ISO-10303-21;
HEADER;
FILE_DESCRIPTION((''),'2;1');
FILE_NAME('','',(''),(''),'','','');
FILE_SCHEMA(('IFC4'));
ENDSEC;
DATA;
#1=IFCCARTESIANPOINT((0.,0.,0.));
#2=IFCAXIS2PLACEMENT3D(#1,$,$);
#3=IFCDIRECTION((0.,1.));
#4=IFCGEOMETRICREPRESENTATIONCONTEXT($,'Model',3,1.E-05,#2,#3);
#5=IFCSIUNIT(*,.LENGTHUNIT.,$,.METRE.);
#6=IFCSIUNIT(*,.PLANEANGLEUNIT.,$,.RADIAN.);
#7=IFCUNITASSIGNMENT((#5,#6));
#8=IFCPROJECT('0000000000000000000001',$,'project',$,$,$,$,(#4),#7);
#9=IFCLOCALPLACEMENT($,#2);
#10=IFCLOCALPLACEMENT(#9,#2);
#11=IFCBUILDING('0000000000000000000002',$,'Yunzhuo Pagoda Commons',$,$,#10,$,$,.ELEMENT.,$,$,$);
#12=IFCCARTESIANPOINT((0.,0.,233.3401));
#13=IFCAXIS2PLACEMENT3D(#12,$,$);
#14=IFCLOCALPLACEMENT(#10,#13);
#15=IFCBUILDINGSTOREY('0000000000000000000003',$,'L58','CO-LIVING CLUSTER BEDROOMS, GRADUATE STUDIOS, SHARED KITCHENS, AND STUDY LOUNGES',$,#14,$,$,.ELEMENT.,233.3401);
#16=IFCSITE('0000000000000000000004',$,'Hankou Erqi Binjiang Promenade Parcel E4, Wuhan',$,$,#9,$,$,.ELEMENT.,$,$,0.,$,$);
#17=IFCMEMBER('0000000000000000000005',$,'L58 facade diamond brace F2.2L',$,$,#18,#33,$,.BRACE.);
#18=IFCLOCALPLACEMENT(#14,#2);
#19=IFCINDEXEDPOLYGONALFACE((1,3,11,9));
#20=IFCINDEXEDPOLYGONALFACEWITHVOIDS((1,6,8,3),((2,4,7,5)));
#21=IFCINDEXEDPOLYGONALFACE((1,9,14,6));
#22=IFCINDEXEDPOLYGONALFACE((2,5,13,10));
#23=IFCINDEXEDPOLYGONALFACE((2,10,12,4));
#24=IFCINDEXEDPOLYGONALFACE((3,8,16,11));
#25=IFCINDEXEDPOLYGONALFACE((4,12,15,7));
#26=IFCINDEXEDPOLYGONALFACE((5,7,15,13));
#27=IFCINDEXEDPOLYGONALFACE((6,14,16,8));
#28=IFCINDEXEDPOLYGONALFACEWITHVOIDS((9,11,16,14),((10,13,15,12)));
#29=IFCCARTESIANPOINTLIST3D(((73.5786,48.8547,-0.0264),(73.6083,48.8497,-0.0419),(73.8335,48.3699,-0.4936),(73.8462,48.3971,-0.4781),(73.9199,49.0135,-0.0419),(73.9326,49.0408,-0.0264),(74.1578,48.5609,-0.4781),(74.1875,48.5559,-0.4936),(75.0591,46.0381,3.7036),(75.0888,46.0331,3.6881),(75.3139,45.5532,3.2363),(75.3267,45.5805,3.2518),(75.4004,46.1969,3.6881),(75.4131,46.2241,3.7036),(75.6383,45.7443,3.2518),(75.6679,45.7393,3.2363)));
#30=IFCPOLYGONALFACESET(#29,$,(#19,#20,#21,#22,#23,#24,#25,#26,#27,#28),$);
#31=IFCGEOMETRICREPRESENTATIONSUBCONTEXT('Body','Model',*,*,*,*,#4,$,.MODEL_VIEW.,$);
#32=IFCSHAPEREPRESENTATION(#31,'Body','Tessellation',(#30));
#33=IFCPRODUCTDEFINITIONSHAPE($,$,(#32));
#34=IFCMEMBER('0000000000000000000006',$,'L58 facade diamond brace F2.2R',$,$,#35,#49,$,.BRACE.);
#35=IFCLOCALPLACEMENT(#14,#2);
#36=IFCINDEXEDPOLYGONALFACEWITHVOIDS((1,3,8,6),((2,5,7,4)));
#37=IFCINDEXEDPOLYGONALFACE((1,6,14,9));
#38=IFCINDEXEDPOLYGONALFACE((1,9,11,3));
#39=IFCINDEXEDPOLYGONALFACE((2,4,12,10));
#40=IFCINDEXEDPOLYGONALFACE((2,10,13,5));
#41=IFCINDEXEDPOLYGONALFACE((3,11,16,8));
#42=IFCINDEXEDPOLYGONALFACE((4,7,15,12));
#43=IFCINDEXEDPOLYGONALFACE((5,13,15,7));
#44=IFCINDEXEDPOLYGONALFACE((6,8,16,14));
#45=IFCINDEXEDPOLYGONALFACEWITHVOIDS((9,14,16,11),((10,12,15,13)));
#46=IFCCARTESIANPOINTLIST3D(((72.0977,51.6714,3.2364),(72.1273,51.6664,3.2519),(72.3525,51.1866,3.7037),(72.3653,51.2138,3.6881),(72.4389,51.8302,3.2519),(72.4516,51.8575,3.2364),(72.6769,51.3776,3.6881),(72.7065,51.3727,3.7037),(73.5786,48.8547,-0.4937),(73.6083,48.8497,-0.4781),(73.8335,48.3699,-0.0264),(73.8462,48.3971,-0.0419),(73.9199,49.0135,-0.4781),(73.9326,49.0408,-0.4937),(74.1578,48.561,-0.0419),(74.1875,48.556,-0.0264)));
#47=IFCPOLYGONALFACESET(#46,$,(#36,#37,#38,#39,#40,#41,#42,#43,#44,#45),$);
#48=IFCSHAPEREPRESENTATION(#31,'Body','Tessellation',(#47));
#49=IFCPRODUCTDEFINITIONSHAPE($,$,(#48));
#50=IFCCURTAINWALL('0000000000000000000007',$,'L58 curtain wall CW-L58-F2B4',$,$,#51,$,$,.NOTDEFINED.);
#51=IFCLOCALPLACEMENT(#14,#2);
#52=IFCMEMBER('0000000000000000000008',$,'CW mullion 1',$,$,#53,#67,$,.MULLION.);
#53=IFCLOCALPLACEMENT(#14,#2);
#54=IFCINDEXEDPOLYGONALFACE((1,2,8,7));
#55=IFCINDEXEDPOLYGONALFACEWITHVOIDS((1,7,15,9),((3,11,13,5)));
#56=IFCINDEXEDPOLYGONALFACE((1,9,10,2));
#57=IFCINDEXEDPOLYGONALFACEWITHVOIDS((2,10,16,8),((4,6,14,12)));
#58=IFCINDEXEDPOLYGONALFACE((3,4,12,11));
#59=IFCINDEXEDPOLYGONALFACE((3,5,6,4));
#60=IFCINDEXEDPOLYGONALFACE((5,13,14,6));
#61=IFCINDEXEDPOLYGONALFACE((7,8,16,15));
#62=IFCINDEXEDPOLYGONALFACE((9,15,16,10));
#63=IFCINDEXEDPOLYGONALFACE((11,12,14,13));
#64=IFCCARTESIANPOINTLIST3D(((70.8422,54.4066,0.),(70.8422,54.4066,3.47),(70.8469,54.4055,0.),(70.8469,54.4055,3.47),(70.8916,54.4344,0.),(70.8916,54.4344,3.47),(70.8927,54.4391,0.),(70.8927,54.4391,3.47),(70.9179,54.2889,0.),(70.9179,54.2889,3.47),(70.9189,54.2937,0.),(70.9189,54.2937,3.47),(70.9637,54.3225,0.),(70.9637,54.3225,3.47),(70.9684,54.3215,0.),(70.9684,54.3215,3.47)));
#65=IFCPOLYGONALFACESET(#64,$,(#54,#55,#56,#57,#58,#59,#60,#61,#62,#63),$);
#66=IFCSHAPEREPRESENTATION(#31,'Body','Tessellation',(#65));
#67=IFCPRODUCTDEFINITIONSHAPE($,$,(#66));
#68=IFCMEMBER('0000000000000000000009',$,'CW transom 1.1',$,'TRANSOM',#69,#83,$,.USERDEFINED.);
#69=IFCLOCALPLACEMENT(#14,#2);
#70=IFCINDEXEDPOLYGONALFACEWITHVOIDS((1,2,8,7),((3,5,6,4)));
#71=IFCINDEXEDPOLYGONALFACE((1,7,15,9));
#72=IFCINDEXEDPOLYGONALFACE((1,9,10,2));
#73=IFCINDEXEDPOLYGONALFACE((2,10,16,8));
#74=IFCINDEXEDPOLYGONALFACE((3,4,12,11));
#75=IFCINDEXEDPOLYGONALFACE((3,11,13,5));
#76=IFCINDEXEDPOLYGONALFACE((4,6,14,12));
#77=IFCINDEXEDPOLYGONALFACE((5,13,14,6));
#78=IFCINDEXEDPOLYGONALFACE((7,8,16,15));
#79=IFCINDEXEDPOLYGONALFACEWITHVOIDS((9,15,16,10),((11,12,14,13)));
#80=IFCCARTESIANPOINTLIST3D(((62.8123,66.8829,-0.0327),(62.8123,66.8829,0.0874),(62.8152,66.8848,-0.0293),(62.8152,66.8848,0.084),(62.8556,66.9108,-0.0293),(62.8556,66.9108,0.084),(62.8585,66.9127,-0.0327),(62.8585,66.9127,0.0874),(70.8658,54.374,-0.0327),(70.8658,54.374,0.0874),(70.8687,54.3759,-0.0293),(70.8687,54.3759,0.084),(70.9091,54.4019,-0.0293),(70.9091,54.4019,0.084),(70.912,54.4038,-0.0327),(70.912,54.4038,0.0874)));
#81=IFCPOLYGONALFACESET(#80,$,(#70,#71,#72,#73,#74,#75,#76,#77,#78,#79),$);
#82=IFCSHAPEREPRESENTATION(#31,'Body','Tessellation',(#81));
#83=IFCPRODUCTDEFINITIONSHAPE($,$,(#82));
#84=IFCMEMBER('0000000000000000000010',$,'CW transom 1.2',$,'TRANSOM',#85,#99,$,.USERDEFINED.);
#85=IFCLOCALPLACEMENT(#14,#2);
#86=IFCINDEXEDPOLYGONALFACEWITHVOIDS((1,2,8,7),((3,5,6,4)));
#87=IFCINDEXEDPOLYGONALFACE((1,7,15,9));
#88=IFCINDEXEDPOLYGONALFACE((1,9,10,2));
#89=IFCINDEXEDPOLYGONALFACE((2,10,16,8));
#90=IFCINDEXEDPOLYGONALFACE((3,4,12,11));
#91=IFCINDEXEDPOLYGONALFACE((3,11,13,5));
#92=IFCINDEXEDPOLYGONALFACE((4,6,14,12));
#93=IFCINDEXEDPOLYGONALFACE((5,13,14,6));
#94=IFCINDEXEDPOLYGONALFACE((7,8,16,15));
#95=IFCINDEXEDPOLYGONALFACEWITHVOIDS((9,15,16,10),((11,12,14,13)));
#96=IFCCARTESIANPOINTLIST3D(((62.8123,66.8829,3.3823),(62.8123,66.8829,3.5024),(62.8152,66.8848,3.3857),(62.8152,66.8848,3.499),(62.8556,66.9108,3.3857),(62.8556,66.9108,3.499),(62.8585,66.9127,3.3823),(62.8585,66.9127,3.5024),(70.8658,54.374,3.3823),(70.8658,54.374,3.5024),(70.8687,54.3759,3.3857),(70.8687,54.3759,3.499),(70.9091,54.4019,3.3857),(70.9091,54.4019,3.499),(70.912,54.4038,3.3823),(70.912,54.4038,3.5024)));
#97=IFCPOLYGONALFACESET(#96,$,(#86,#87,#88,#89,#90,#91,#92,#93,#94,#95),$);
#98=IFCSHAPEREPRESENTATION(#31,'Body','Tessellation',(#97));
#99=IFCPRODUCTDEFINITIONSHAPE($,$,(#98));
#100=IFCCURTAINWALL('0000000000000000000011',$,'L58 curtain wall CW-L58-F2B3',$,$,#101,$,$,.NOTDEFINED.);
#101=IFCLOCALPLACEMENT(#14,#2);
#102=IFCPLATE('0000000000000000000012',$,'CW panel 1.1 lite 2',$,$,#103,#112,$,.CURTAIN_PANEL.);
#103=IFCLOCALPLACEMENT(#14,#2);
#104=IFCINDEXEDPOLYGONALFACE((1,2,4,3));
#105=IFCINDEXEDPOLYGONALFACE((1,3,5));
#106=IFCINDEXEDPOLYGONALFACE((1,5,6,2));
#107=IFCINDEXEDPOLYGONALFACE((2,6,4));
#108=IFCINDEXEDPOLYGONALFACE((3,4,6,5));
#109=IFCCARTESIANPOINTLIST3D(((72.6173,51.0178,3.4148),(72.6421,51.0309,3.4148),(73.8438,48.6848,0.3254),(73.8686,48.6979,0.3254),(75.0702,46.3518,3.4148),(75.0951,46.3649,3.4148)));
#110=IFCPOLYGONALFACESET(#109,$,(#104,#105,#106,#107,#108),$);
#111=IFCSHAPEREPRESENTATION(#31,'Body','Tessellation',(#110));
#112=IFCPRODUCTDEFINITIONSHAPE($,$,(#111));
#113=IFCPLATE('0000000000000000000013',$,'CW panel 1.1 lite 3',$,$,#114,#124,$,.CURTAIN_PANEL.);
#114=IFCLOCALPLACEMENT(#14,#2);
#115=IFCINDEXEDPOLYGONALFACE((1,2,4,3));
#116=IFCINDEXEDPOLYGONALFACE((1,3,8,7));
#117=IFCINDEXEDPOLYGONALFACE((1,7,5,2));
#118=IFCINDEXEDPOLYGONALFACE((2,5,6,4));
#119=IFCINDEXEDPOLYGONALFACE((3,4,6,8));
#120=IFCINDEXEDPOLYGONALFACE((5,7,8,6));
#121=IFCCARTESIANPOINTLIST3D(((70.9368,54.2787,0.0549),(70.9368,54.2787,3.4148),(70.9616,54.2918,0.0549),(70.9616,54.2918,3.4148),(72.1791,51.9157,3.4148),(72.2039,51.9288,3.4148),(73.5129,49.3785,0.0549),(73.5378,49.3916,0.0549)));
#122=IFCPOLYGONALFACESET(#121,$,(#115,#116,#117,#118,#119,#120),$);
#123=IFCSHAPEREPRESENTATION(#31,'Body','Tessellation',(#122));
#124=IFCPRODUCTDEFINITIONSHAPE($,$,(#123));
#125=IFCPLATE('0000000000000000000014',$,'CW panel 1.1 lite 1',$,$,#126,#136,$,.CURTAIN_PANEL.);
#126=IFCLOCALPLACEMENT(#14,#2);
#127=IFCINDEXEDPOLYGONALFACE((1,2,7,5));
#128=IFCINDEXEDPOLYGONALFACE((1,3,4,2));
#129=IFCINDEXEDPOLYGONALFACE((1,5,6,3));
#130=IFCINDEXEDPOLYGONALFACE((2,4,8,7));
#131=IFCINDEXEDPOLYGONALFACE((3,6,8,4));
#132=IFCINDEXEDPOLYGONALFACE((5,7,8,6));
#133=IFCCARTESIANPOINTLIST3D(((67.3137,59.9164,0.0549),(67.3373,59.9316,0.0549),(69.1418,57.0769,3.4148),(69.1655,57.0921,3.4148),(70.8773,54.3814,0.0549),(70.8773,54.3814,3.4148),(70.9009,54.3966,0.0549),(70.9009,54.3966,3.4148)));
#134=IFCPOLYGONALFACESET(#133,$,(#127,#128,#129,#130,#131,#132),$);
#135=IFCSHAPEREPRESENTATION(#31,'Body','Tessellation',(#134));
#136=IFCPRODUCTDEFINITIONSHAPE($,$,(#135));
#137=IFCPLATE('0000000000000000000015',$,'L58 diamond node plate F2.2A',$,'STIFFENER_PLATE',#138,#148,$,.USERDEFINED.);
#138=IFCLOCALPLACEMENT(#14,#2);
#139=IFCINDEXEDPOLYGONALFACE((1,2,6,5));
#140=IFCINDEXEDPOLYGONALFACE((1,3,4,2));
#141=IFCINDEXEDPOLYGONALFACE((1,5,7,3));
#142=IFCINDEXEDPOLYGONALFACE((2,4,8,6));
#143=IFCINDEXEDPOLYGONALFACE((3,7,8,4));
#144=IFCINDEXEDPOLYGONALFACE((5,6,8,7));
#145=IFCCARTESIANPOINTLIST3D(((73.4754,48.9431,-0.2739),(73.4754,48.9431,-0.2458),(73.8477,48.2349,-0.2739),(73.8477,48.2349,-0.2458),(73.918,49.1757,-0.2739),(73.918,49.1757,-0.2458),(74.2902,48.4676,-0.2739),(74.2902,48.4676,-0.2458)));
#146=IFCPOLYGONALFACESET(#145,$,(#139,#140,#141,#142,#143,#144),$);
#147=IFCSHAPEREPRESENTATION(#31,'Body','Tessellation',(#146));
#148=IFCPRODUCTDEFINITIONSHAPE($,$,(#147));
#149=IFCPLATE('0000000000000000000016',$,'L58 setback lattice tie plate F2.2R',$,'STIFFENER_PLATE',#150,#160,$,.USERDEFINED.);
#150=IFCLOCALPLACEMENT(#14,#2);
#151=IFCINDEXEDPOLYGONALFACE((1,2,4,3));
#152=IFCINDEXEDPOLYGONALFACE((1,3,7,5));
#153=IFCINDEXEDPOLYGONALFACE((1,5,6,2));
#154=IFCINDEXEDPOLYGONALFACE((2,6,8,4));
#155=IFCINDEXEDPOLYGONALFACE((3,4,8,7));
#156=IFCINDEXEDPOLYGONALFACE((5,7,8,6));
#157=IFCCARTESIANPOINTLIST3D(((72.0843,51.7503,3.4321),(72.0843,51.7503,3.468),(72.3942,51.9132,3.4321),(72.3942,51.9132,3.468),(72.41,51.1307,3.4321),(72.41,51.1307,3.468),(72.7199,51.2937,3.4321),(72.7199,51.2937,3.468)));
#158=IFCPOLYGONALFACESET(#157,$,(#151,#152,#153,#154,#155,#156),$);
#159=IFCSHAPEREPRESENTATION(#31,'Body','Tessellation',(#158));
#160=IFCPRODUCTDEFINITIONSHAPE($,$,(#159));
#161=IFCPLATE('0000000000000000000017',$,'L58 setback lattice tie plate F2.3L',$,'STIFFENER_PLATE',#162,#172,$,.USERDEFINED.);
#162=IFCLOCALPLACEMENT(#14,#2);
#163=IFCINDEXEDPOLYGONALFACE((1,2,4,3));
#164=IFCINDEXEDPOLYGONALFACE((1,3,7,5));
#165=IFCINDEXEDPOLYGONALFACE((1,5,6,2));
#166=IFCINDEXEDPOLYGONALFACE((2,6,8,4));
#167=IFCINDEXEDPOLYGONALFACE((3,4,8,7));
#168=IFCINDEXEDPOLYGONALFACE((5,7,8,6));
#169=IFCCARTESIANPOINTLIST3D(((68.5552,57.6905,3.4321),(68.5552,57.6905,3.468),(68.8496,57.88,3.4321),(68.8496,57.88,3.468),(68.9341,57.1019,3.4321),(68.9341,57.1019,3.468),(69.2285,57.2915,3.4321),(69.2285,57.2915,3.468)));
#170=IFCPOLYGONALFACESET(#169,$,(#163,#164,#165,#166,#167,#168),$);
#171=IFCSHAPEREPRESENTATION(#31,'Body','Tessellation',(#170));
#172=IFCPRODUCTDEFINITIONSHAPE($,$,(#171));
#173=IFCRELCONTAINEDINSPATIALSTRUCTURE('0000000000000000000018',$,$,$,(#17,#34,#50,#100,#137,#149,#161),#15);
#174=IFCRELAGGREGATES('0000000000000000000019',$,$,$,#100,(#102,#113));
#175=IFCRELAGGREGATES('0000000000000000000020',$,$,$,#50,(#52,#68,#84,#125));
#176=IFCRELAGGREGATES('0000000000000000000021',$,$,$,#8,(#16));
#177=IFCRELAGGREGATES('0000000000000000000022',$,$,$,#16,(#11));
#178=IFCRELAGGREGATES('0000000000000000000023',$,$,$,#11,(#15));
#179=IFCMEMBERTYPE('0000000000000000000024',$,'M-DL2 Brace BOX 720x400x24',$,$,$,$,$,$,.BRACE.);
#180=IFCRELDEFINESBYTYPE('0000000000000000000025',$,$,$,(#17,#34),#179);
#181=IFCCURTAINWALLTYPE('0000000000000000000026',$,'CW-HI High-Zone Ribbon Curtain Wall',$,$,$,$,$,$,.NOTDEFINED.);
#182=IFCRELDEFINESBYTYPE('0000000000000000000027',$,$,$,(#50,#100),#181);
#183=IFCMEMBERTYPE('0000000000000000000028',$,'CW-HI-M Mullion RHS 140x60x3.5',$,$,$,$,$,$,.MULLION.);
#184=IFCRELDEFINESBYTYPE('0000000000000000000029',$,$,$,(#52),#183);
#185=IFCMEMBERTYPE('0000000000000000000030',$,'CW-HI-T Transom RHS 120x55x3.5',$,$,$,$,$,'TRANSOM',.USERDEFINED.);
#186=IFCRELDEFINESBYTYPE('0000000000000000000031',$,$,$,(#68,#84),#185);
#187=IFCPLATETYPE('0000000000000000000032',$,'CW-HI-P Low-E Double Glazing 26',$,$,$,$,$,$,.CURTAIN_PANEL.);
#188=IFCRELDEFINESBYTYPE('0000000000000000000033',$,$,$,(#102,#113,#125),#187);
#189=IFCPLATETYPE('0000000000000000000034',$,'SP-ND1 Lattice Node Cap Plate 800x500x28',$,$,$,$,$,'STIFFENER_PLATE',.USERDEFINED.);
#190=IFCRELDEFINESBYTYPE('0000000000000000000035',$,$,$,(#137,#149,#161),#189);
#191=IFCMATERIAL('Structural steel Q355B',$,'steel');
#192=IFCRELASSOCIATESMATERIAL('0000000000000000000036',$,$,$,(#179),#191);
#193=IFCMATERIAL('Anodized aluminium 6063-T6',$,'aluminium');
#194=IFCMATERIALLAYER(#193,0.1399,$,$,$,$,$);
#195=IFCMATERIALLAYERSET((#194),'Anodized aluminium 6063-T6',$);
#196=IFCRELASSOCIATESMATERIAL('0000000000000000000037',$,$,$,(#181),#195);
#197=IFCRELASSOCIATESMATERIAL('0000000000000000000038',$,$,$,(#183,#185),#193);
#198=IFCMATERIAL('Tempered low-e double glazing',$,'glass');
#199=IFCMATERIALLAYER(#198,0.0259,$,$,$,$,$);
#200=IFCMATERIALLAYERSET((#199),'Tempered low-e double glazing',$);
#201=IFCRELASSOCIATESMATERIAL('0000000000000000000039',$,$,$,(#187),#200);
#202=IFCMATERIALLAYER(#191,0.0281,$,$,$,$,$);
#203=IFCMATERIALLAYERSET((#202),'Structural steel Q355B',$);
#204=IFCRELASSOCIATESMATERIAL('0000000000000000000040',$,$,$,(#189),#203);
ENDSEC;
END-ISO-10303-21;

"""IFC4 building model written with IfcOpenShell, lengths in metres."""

from ifc_helpers import new_model, si_unit, direction, frame, origin, origin_2d, place, context, subcontext, project, spatial, polyline, rectangle, hollow_rectangle, outline, extrude, source, transform, mapped, material, layer, layer_set, material_profile, profile_set, type_object, element, aggregate, save


model = new_model("IFC4")

# Units and contexts
model_context = context("Model", 3, precision=1e-05, world=origin(), true_north=direction((0.0, 1.0)))
body_context = subcontext(model_context, "Body", "Model", "MODEL_VIEW")
ifc_project = project(units=[si_unit("LENGTHUNIT", "METRE"), si_unit("PLANEANGLEUNIT", "RADIAN")], contexts=[model_context])

# Site, building, storey
site_placement = place(None, origin())
site = spatial("IfcSite", under=ifc_project, at=site_placement, Name="Hankou Erqi Binjiang Promenade Parcel E4, Wuhan", CompositionType="ELEMENT", RefElevation=0.0)
building_placement = place(site_placement, origin())
building = spatial("IfcBuilding", under=site, at=building_placement, Name="Yunzhuo Pagoda Commons", CompositionType="ELEMENT")
storey_placement = place(building_placement, frame((0.0, 0.0, 233.3401)))
storey = spatial("IfcBuildingStorey", under=building, at=storey_placement, Name="L58", Description="CO-LIVING CLUSTER BEDROOMS, GRADUATE STUDIOS, SHARED KITCHENS, AND STUDY LOUNGES", CompositionType="ELEMENT", Elevation=233.3401)

# Shared definitions
ifc_material_1 = material(Name="Structural steel Q355B", Category="steel")

# Members
ifc_material_profile_1 = material_profile(ifc_material_1, hollow_rectangle(XDim=0.3999, YDim=0.72, WallThickness=0.0239, at=origin_2d()), Name="Structural steel Q355B")
ifc_profile_set_1 = profile_set([ifc_material_profile_1], Name="Structural steel Q355B")
member_type_1 = type_object("IfcMemberType", Name="M-DL2 Brace BOX 720x400x24", PredefinedType="BRACE", material=ifc_profile_set_1)
shared_shape_1 = source(origin(), body_context, "Body", "SweptSolid", [
    extrude(hollow_rectangle(XDim=0.3999, YDim=0.72, WallThickness=0.0239, at=origin_2d()), origin(), (0.0, 0.0, 1.0), 4.9028),
])
member_1_placement = place(storey_placement, frame((73.8831, 48.7053, -0.26), z_axis=(0.30196, -0.574491, 0.760776), x_axis=(0.885174, 0.465259, 0.0)))
element("IfcMember", 1, at=member_1_placement, inside=storey, type_object=member_type_1, Name="L58 facade diamond brace F2.2L", PredefinedType="BRACE", context=body_context, shape_type="MappedRepresentation", body=[
    mapped(shared_shape_1, transform((0.0, 0.0, 0.0), scale=1.0)),
])
shared_shape_2 = source(origin(), body_context, "Body", "SweptSolid", [
    extrude(hollow_rectangle(XDim=0.3999, YDim=0.72, WallThickness=0.0239, at=origin_2d()), origin(), (0.0, 0.0, 1.0), 4.9031),
])
member_2_placement = place(storey_placement, frame((73.8831, 48.7053, -0.26), z_axis=(-0.302051, 0.574474, 0.760753), x_axis=(-0.885111, -0.46538, 0.0)))
element("IfcMember", 2, at=member_2_placement, inside=storey, type_object=member_type_1, Name="L58 facade diamond brace F2.2R", PredefinedType="BRACE", context=body_context, shape_type="MappedRepresentation", body=[
    mapped(shared_shape_2, transform((0.0, 0.0, 0.0), scale=1.0)),
])

# Curtain wall, members
ifc_material_2 = material(Name="Anodized aluminium 6063-T6", Category="aluminium")
ifc_layer_1 = layer(ifc_material_2, 0.1399)
ifc_layer_set_1 = layer_set([ifc_layer_1], Name="Anodized aluminium 6063-T6")
curtain_wall_type = type_object("IfcCurtainWallType", Name="CW-HI High-Zone Ribbon Curtain Wall", PredefinedType="NOTDEFINED", material=ifc_layer_set_1)
curtain_wall_1_placement = place(storey_placement, origin())
curtain_wall_1 = element("IfcCurtainWall", 3, at=curtain_wall_1_placement, inside=storey, type_object=curtain_wall_type, Name="L58 curtain wall CW-L58-F2B4", PredefinedType="NOTDEFINED")
ifc_material_profile_2 = material_profile(ifc_material_2, hollow_rectangle(XDim=0.0601, YDim=0.1399, WallThickness=0.0034, at=origin_2d()), Name="Anodized aluminium 6063-T6")
ifc_profile_set_2 = profile_set([ifc_material_profile_2], Name="Anodized aluminium 6063-T6")
member_type_2 = type_object("IfcMemberType", Name="CW-HI-M Mullion RHS 140x60x3.5", PredefinedType="MULLION", material=ifc_profile_set_2)
shared_shape_3 = source(origin(), body_context, "Body", "SweptSolid", [
    extrude(hollow_rectangle(XDim=0.0601, YDim=0.1399, WallThickness=0.0034, at=origin_2d()), origin(), (0.0, 0.0, 1.0), 3.47),
])
member_3_placement = place(storey_placement, frame((70.9053, 54.364, 0.0), z_axis=(0.0, 0.0, 1.0), x_axis=(-0.840807, -0.541334, 0.0)))
member_3 = element("IfcMember", 4, at=member_3_placement, type_object=member_type_2, Name="CW mullion 1", PredefinedType="MULLION", context=body_context, shape_type="MappedRepresentation", body=[
    mapped(shared_shape_3, transform((0.0, 0.0, 0.0), scale=1.0)),
])
ifc_material_profile_3 = material_profile(ifc_material_2, hollow_rectangle(XDim=0.0549, YDim=0.1201, WallThickness=0.0034, at=origin_2d()), Name="Anodized aluminium 6063-T6")
ifc_profile_set_3 = profile_set([ifc_material_profile_3], Name="Anodized aluminium 6063-T6")
member_type_3 = type_object("IfcMemberType", Name="CW-HI-T Transom RHS 120x55x3.5", ElementType="TRANSOM", PredefinedType="USERDEFINED", material=ifc_profile_set_3)
shared_shape_4 = source(origin(), body_context, "Body", "SweptSolid", [
    extrude(hollow_rectangle(XDim=0.0549, YDim=0.1201, WallThickness=0.0034, at=origin_2d()), origin(), (0.0, 0.0, 1.0), 14.8772),
])
member_4_placement = place(storey_placement, frame((70.8889, 54.3889, 0.0273), z_axis=(-0.541333, 0.840808, 0.0), x_axis=(-0.840808, -0.541333, 0.0)))
member_4 = element("IfcMember", 5, at=member_4_placement, type_object=member_type_3, Name="CW transom 1.1", ObjectType="TRANSOM", PredefinedType="USERDEFINED", context=body_context, shape_type="MappedRepresentation", body=[
    mapped(shared_shape_4, transform((0.0, 0.0, 0.0), scale=1.0)),
])
member_5_placement = place(storey_placement, frame((70.8889, 54.3889, 3.4424), z_axis=(-0.541333, 0.840808, 0.0), x_axis=(-0.840808, -0.541333, 0.0)))
member_5 = element("IfcMember", 6, at=member_5_placement, type_object=member_type_3, Name="CW transom 1.2", ObjectType="TRANSOM", PredefinedType="USERDEFINED", context=body_context, shape_type="MappedRepresentation", body=[
    mapped(shared_shape_4, transform((0.0, 0.0, 0.0), scale=1.0)),
])

# Curtain wall, plates
curtain_wall_2_placement = place(storey_placement, origin())
curtain_wall_2 = element("IfcCurtainWall", 7, at=curtain_wall_2_placement, inside=storey, type_object=curtain_wall_type, Name="L58 curtain wall CW-L58-F2B3", PredefinedType="NOTDEFINED")
ifc_material_3 = material(Name="Tempered low-e double glazing", Category="glass")
ifc_layer_2 = layer(ifc_material_3, 0.0259)
ifc_layer_set_2 = layer_set([ifc_layer_2], Name="Tempered low-e double glazing")
plate_type_1 = type_object("IfcPlateType", Name="CW-HI-P Low-E Double Glazing 26", PredefinedType="CURTAIN_PANEL", material=ifc_layer_set_2)
plate_1_placement = place(storey_placement, frame((73.8438, 48.6848, 1.8701), z_axis=(0.885138, 0.465329, 0.0), x_axis=(-0.465329, 0.885138, 0.0)))
plate_1 = element("IfcPlate", 8, at=plate_1_placement, type_object=plate_type_1, Name="CW panel 1.1 lite 2", PredefinedType="CURTAIN_PANEL", context=body_context, shape_type="SweptSolid", body=[
    extrude(outline(polyline([(-2.6357, 1.5447), (0.0, -1.5447), (2.6357, 1.5447), (-2.6357, 1.5447)])), origin(), (0.0, 0.0, 1.0), 0.0281),
])
plate_2_placement = place(storey_placement, frame((72.2249, 51.8286, 1.7349), z_axis=(0.885138, 0.465329, 0.0), x_axis=(-0.465329, 0.885138, 0.0)))
plate_2 = element("IfcPlate", 9, at=plate_2_placement, type_object=plate_type_1, Name="CW panel 1.1 lite 3", PredefinedType="CURTAIN_PANEL", context=body_context, shape_type="SweptSolid", body=[
    extrude(outline(polyline([(-2.7681, -1.6799), (2.7681, -1.6799), (2.7681, 1.6799), (0.0984, 1.6799), (-2.7681, -1.6799)])), origin(), (0.0, 0.0, 1.0), 0.0281),
])
aggregate(curtain_wall_2, [plate_1, plate_2])

# Plate
plate_3_placement = place(storey_placement, frame((69.0955, 57.1489, 1.7349), z_axis=(0.840807, 0.541334, 0.0), x_axis=(-0.541334, 0.840807, 0.0)))
plate_3 = element("IfcPlate", 10, at=plate_3_placement, type_object=plate_type_1, Name="CW panel 1.1 lite 1", PredefinedType="CURTAIN_PANEL", context=body_context, shape_type="SweptSolid", body=[
    extrude(outline(polyline([(-3.2915, -1.6799), (3.2915, -1.6799), (-0.0857, 1.6799), (-3.2915, 1.6799), (-3.2915, -1.6799)])), origin(), (0.0, 0.0, 1.0), 0.0281),
])
aggregate(curtain_wall_1, [member_3, member_4, member_5, plate_3])

# Plates
ifc_layer_3 = layer(ifc_material_1, 0.0281)
ifc_layer_set_3 = layer_set([ifc_layer_3], Name="Structural steel Q355B")
plate_type_2 = type_object("IfcPlateType", Name="SP-ND1 Lattice Node Cap Plate 800x500x28", ElementType="STIFFENER_PLATE", PredefinedType="USERDEFINED", material=ifc_layer_set_3)
shared_shape_5 = source(origin(), body_context, "Body", "SweptSolid", [
    extrude(rectangle(XDim=0.8, YDim=0.5, at=origin_2d()), origin(), (0.0, 0.0, 1.0), 0.0281),
])
plate_4_placement = place(storey_placement, frame((73.8828, 48.7053, -0.2739), z_axis=(0.0, 0.0, 1.0), x_axis=(-0.465336, 0.885134, 0.0)))
element("IfcPlate", 11, at=plate_4_placement, inside=storey, type_object=plate_type_2, Name="L58 diamond node plate F2.2A", ObjectType="STIFFENER_PLATE", PredefinedType="USERDEFINED", context=body_context, shape_type="MappedRepresentation", body=[
    mapped(shared_shape_5, transform((0.0, 0.0, 0.0), scale=1.0)),
])
shared_shape_6 = source(origin(), body_context, "Body", "SweptSolid", [
    extrude(rectangle(XDim=0.7, YDim=0.3501, at=origin_2d()), origin(), (0.0, 0.0, 1.0), 0.0359),
])
for number, where, z_axis, x_axis, name in (
    (12, (72.4021, 51.522, 3.4321), (0.0, 0.0, 1.0), (-0.465336, 0.885134, 0.0), "L58 setback lattice tie plate F2.2R"),
    (13, (68.8918, 57.491, 3.4321), (0.0, 0.0, 1.0), (-0.541341, 0.840803, 0.0), "L58 setback lattice tie plate F2.3L"),
):
    element("IfcPlate", number, at=place(storey_placement, frame(where, z_axis=z_axis, x_axis=x_axis)), inside=storey, type_object=plate_type_2, Name=name, ObjectType="STIFFENER_PLATE", PredefinedType="USERDEFINED", context=body_context, shape_type="MappedRepresentation", body=[
        mapped(shared_shape_6, transform((0.0, 0.0, 0.0), scale=1.0)),
    ])

save(model, "model.ifc")
